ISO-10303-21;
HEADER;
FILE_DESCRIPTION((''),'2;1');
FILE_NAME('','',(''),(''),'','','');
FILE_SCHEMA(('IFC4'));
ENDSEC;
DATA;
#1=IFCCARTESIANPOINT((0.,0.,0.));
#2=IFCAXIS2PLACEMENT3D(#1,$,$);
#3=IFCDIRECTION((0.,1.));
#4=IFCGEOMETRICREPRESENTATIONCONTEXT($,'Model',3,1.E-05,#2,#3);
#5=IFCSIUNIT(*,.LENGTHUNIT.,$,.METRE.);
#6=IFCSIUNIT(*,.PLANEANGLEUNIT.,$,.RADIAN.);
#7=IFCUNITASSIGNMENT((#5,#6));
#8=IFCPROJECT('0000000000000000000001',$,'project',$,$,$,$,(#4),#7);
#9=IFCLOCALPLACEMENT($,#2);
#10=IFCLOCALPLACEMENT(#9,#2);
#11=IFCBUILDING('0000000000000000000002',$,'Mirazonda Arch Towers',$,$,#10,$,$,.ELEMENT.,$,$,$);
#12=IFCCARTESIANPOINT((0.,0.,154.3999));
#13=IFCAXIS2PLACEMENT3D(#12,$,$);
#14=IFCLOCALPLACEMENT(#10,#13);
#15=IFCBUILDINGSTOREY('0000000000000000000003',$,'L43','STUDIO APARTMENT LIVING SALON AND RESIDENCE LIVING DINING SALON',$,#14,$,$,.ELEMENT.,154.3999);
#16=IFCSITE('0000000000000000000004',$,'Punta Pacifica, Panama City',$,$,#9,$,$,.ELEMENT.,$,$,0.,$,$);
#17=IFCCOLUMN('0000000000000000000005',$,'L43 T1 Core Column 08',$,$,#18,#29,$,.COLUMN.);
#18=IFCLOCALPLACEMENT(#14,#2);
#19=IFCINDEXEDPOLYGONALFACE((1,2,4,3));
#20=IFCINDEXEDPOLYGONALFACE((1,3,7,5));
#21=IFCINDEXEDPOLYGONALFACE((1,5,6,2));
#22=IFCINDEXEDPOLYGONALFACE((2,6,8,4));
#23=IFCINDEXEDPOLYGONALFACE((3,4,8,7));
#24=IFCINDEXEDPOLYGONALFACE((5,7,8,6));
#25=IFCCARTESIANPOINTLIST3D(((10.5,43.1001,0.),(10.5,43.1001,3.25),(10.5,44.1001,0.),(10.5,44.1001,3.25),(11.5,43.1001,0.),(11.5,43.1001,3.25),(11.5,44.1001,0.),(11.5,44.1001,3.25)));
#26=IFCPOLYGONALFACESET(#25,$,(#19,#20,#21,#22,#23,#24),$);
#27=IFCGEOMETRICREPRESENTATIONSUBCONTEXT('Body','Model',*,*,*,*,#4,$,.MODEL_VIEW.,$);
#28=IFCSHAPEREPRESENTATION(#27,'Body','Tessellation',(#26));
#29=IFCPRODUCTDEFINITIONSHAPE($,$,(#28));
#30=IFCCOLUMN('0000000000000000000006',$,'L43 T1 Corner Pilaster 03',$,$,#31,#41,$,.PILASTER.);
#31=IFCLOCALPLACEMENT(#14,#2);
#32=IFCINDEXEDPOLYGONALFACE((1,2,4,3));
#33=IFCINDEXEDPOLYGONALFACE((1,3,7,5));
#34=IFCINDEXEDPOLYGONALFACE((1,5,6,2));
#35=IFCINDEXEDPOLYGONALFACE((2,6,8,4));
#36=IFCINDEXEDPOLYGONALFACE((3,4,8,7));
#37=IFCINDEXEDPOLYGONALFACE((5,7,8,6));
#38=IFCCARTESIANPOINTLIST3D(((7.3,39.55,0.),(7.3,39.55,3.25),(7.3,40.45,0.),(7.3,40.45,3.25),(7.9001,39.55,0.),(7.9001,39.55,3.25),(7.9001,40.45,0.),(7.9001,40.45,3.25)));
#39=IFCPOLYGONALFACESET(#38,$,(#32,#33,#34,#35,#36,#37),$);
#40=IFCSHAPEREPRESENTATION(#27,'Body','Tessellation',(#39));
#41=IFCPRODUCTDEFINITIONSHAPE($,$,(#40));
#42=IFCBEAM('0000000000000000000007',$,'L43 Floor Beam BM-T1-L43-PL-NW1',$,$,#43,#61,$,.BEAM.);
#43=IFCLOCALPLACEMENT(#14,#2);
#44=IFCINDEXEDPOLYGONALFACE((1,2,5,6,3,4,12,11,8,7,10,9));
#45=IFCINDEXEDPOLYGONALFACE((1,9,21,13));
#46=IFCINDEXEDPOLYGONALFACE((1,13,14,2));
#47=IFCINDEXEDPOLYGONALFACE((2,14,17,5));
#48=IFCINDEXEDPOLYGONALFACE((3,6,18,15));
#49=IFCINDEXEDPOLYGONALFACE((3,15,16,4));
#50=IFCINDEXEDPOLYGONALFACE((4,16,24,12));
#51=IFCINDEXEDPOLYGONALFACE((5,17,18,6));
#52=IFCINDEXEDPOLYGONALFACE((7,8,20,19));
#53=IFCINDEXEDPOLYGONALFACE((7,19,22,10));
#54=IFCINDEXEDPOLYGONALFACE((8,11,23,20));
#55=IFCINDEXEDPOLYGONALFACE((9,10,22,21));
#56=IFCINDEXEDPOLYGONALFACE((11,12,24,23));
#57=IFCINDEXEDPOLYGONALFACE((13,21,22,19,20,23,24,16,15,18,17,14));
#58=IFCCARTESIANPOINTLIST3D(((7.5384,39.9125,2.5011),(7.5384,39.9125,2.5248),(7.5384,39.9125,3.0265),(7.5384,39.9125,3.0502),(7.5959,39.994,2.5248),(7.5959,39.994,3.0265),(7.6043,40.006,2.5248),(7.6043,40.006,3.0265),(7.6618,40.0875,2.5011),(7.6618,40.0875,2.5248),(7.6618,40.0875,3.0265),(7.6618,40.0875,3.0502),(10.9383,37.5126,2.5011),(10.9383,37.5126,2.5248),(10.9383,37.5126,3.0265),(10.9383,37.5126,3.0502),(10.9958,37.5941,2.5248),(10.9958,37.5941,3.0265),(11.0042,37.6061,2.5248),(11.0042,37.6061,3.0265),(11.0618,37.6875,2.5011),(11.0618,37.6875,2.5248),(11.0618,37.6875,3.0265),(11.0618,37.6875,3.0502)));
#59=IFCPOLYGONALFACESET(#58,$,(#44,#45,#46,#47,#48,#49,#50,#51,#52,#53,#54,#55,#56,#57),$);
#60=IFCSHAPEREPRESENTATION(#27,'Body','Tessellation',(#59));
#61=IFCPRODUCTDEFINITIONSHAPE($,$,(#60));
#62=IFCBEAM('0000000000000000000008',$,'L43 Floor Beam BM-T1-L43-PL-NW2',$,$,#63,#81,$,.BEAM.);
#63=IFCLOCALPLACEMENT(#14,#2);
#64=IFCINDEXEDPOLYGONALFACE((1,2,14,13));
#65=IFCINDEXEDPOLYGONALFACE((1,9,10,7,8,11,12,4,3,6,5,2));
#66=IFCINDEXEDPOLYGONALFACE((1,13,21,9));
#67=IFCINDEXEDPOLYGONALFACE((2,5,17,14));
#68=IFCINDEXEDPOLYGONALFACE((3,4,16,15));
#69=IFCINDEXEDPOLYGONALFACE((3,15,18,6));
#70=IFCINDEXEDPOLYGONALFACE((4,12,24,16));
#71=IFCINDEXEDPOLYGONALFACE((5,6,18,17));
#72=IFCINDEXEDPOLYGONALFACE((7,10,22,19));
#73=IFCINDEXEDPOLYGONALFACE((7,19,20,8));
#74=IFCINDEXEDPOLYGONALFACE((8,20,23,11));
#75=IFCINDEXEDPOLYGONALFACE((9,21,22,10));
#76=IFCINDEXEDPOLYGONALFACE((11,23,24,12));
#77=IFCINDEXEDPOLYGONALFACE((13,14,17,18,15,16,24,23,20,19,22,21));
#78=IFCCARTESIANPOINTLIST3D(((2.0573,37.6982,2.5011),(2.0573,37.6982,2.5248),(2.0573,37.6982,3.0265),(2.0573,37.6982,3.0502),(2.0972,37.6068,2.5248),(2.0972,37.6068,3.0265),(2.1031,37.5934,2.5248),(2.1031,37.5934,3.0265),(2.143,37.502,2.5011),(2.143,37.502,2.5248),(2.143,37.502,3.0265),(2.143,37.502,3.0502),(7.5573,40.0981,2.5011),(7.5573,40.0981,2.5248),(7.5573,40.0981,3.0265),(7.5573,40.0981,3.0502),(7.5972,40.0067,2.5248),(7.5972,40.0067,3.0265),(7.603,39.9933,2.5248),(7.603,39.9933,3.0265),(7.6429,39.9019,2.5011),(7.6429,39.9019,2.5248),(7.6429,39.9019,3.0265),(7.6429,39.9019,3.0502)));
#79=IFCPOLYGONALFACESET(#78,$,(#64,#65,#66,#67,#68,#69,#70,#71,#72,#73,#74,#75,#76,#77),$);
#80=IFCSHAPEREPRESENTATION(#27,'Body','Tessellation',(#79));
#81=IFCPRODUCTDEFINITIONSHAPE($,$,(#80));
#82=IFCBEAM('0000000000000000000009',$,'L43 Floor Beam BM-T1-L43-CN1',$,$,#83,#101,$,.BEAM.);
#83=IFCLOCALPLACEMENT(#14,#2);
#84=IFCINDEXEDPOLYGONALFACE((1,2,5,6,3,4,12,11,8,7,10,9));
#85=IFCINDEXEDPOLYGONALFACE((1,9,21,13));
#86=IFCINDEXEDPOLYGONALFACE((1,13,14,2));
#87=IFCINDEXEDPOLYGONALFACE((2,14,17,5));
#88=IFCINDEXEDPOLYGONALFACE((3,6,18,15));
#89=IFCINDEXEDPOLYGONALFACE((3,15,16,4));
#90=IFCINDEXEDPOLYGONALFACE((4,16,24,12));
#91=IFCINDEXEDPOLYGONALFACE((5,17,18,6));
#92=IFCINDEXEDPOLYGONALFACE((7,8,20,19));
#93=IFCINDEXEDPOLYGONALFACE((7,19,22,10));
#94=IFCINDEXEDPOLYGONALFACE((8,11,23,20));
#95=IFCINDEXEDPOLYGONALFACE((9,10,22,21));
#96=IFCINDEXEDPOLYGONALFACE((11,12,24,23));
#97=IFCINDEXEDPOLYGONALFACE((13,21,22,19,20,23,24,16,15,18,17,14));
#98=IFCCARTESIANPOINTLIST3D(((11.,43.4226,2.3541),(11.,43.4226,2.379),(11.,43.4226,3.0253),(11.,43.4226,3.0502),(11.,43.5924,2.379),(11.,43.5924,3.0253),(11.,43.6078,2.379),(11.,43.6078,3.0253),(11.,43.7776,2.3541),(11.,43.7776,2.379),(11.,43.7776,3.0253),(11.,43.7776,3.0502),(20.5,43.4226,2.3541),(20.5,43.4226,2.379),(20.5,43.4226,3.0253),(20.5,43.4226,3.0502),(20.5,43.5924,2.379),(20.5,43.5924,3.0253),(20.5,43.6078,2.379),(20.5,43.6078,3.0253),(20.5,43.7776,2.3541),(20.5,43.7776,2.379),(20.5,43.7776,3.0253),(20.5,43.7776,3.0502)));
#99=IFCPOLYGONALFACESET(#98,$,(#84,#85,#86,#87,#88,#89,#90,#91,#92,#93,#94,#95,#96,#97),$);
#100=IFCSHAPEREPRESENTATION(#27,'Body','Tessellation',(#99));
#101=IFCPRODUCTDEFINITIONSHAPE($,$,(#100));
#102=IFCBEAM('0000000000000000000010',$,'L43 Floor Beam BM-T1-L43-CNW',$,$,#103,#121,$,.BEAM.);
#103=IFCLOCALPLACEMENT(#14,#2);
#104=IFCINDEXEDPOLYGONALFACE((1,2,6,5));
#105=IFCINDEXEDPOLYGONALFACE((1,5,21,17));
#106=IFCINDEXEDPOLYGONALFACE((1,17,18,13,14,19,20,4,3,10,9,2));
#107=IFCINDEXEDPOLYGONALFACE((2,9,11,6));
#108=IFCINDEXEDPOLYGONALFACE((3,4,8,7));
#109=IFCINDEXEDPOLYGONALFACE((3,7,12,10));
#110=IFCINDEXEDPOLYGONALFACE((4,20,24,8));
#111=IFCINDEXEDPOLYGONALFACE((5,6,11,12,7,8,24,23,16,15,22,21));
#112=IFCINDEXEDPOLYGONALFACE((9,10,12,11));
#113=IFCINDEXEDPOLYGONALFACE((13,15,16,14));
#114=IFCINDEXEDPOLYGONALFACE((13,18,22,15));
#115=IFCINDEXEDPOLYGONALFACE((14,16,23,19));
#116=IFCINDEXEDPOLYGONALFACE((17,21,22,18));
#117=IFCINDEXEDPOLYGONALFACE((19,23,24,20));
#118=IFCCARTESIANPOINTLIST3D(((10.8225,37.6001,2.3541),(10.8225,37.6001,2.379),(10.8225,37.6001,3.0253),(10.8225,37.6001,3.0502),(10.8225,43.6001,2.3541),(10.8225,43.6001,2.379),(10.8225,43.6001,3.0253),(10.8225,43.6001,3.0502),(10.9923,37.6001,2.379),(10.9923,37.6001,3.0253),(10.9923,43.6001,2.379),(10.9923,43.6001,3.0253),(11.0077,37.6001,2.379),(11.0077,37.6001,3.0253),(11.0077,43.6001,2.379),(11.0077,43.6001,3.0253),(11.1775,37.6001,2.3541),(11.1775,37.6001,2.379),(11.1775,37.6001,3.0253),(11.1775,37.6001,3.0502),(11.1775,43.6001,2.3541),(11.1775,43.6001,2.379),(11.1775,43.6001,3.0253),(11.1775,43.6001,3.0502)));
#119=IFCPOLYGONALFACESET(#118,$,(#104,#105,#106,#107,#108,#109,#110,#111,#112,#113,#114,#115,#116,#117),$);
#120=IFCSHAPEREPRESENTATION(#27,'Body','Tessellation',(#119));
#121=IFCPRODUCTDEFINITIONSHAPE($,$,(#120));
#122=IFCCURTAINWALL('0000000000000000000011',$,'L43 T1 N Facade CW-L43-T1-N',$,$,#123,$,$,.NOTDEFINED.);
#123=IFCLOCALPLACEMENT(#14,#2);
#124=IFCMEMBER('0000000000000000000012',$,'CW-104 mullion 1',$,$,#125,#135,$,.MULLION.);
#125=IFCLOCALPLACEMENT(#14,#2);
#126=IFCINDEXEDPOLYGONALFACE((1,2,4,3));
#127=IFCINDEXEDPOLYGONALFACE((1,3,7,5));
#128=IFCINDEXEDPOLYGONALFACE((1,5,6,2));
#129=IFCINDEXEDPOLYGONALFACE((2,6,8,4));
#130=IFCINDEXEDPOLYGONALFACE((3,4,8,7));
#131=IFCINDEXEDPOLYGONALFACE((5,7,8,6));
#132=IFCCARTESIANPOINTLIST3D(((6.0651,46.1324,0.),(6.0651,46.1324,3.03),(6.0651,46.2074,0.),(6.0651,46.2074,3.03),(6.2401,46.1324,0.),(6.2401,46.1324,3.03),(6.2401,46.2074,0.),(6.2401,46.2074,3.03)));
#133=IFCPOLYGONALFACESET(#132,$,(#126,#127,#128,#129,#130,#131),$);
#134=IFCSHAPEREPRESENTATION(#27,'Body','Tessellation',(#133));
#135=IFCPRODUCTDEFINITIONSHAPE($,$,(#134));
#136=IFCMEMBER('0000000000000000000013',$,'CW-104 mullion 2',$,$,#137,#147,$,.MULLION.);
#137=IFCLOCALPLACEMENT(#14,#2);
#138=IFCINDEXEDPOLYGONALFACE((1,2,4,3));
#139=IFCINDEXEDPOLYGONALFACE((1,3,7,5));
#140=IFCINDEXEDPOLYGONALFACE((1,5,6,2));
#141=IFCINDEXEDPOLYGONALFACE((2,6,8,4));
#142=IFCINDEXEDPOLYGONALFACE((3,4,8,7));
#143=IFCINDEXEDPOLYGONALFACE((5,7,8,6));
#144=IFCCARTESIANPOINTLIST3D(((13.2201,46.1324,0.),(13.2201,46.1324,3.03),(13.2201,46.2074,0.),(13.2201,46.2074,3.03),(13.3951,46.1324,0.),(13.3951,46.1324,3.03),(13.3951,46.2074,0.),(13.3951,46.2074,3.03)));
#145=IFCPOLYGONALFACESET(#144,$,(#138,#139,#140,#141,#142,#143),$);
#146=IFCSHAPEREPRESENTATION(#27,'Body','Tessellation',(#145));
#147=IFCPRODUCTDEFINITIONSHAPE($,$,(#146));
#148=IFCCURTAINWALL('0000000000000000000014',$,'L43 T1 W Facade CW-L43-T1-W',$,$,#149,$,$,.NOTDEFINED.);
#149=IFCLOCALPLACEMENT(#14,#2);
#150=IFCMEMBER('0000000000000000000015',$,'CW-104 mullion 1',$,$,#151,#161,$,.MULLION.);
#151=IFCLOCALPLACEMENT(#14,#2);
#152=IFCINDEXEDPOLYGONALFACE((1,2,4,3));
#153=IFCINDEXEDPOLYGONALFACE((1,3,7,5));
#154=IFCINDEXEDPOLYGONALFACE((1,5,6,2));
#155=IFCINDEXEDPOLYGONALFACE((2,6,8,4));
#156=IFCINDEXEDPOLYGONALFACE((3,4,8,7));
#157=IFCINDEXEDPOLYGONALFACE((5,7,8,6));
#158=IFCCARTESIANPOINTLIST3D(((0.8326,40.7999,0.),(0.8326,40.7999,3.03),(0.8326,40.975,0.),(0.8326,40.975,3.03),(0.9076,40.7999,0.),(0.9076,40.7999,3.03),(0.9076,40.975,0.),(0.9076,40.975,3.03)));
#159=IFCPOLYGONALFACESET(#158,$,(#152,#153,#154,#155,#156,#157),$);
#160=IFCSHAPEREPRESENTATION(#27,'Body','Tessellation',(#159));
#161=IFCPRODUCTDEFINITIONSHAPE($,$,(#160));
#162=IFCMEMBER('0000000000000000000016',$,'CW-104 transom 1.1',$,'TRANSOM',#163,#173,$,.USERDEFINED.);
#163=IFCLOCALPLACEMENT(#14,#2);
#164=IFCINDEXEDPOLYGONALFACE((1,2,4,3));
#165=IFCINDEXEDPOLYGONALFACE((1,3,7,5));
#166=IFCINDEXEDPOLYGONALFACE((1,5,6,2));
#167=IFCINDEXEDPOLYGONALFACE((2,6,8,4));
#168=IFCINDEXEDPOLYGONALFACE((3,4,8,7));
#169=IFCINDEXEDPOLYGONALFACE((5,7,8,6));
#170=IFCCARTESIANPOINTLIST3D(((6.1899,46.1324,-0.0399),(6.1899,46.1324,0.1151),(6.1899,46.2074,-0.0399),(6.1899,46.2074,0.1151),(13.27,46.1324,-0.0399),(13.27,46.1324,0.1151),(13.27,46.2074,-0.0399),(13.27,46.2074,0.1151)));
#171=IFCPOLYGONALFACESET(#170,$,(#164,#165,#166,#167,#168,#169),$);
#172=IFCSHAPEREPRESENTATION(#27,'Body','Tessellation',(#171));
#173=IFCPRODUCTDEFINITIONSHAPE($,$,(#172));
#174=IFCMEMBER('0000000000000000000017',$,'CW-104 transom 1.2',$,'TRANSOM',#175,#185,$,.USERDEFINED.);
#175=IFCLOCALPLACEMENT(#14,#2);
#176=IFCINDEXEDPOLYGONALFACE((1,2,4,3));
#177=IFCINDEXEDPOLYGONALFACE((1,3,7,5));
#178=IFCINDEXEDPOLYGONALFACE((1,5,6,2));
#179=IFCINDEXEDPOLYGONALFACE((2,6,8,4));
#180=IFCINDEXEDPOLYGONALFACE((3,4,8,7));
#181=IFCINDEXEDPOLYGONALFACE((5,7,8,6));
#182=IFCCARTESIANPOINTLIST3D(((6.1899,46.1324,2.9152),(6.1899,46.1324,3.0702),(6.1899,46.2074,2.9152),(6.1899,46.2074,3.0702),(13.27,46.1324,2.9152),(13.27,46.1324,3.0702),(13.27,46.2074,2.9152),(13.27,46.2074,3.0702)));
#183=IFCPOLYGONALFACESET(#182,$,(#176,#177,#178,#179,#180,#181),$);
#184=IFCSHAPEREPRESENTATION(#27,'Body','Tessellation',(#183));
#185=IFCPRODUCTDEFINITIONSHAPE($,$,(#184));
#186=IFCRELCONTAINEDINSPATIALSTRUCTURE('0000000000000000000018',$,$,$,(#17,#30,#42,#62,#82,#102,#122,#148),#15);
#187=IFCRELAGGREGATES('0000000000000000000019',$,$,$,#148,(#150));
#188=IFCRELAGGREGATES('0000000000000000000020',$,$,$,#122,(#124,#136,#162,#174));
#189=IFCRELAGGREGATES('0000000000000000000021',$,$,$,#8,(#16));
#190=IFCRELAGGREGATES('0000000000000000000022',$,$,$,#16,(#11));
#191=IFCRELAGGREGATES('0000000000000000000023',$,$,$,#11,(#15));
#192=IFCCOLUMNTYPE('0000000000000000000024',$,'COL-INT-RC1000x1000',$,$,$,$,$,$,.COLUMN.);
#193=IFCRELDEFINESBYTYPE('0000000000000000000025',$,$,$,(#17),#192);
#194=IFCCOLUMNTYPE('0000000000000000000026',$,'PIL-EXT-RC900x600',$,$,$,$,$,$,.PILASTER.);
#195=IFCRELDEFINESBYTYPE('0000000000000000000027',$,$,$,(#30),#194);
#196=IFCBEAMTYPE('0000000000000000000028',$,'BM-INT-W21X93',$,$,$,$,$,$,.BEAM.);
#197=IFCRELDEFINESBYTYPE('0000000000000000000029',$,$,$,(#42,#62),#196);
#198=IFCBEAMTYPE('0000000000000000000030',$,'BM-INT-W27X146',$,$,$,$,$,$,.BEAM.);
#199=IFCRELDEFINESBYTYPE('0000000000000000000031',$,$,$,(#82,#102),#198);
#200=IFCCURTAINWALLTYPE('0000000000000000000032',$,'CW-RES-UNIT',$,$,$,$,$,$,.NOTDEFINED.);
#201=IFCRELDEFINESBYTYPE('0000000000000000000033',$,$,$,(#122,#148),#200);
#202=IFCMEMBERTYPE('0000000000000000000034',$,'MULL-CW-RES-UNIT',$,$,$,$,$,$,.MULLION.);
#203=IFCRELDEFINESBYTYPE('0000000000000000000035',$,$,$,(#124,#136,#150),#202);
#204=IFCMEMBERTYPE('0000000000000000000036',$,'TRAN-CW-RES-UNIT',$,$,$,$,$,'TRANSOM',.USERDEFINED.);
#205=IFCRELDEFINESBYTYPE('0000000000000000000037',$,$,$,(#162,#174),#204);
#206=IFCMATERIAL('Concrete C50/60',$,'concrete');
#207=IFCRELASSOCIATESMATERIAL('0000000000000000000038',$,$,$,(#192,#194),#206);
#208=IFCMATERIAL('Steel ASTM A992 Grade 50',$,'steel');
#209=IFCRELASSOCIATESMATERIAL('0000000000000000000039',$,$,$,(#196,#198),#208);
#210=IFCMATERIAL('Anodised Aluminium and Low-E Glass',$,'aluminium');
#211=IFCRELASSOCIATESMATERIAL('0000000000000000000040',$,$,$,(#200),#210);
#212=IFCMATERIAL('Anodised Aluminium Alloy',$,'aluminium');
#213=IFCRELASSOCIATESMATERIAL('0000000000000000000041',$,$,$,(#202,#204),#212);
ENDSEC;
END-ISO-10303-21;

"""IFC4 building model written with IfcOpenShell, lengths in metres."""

from ifc_helpers import new_model, si_unit, direction, frame, origin, origin_2d, place, context, subcontext, project, spatial, rectangle, i_section, extrude, material, material_profile, profile_set, type_object, element, aggregate, save


model = new_model("IFC4")

# Units and contexts
model_context = context("Model", 3, precision=1e-05, world=origin(), true_north=direction((0.0, 1.0)))
body_context = subcontext(model_context, "Body", "Model", "MODEL_VIEW")
ifc_project = project(units=[si_unit("LENGTHUNIT", "METRE"), si_unit("PLANEANGLEUNIT", "RADIAN")], contexts=[model_context])

# Site, building, storey
site_placement = place(None, origin())
site = spatial("IfcSite", under=ifc_project, at=site_placement, Name="Punta Pacifica, Panama City", CompositionType="ELEMENT", RefElevation=0.0)
building_placement = place(site_placement, origin())
building = spatial("IfcBuilding", under=site, at=building_placement, Name="Mirazonda Arch Towers", CompositionType="ELEMENT")
storey_placement = place(building_placement, frame((0.0, 0.0, 154.3999)))
storey = spatial("IfcBuildingStorey", under=building, at=storey_placement, Name="L43", Description="STUDIO APARTMENT LIVING SALON AND RESIDENCE LIVING DINING SALON", CompositionType="ELEMENT", Elevation=154.3999)

# Columns
ifc_material_1 = material(Name="Concrete C50/60", Category="concrete")
ifc_material_profile_1 = material_profile(ifc_material_1, rectangle(XDim=1.0, YDim=1.0, at=origin_2d()), Name="RC1000x1000")
ifc_profile_set_1 = profile_set([ifc_material_profile_1], Name="Concrete C50/60")
column_type_1 = type_object("IfcColumnType", Name="COL-INT-RC1000x1000", PredefinedType="COLUMN", material=ifc_profile_set_1)
column_1_placement = place(storey_placement, frame((11.0, 43.6001, 0.0), z_axis=(0.0, 0.0, 1.0), x_axis=(1.0, 0.0, 0.0)))
element("IfcColumn", 1, at=column_1_placement, inside=storey, type_object=column_type_1, Name="L43 T1 Core Column 08", PredefinedType="COLUMN", context=body_context, shape_type="SweptSolid", body=[
    extrude(rectangle(XDim=1.0, YDim=1.0, at=origin_2d()), origin(), (0.0, 0.0, 1.0), 3.25),
])
ifc_material_profile_2 = material_profile(ifc_material_1, rectangle(XDim=0.6001, YDim=0.8999, at=origin_2d()), Name="RC900x600")
ifc_profile_set_2 = profile_set([ifc_material_profile_2], Name="Concrete C50/60")
column_type_2 = type_object("IfcColumnType", Name="PIL-EXT-RC900x600", PredefinedType="PILASTER", material=ifc_profile_set_2)
column_2_placement = place(storey_placement, frame((7.6001, 40.0, 0.0), z_axis=(0.0, 0.0, 1.0), x_axis=(1.0, 0.0, 0.0)))
element("IfcColumn", 2, at=column_2_placement, inside=storey, type_object=column_type_2, Name="L43 T1 Corner Pilaster 03", PredefinedType="PILASTER", context=body_context, shape_type="SweptSolid", body=[
    extrude(rectangle(XDim=0.6001, YDim=0.8999, at=origin_2d()), origin(), (0.0, 0.0, 1.0), 3.25),
])

# Beams
ifc_material_2 = material(Name="Steel ASTM A992 Grade 50", Category="steel")
ifc_material_profile_3 = material_profile(ifc_material_2, i_section(OverallWidth=0.2141, OverallDepth=0.5491, WebThickness=0.0146, FlangeThickness=0.0237, at=origin_2d()), Name="W21X93")
ifc_profile_set_3 = profile_set([ifc_material_profile_3], Name="Steel ASTM A992 Grade 50")
beam_type_1 = type_object("IfcBeamType", Name="BM-INT-W21X93", PredefinedType="BEAM", material=ifc_profile_set_3)
beam_1_placement = place(storey_placement, frame((7.6001, 40.0, 2.7756), z_axis=(0.816971, -0.576679, 0.0), x_axis=(0.576679, 0.816971, 0.0)))
element("IfcBeam", 3, at=beam_1_placement, inside=storey, type_object=beam_type_1, Name="L43 Floor Beam BM-T1-L43-PL-NW1", PredefinedType="BEAM", context=body_context, shape_type="SweptSolid", body=[
    extrude(i_section(OverallWidth=0.2141, OverallDepth=0.5491, WebThickness=0.0146, FlangeThickness=0.0237, at=origin_2d()), origin(), (0.0, 0.0, 1.0), 4.1616),
])
beam_2_placement = place(storey_placement, frame((7.6001, 40.0, 2.7756), z_axis=(-0.916545, -0.399931, 0.0), x_axis=(0.399931, -0.916545, 0.0)))
element("IfcBeam", 4, at=beam_2_placement, inside=storey, type_object=beam_type_1, Name="L43 Floor Beam BM-T1-L43-PL-NW2", PredefinedType="BEAM", context=body_context, shape_type="SweptSolid", body=[
    extrude(i_section(OverallWidth=0.2141, OverallDepth=0.5491, WebThickness=0.0146, FlangeThickness=0.0237, at=origin_2d()), origin(), (0.0, 0.0, 1.0), 6.0007),
])
ifc_material_profile_4 = material_profile(ifc_material_2, i_section(OverallWidth=0.355, OverallDepth=0.696, WebThickness=0.0154, FlangeThickness=0.0249, at=origin_2d()), Name="W27X146")
ifc_profile_set_4 = profile_set([ifc_material_profile_4], Name="Steel ASTM A992 Grade 50")
beam_type_2 = type_object("IfcBeamType", Name="BM-INT-W27X146", PredefinedType="BEAM", material=ifc_profile_set_4)
beam_3_placement = place(storey_placement, frame((11.0, 43.6001, 2.7021), z_axis=(1.0, 0.0, 0.0), x_axis=(0.0, 1.0, 0.0)))
element("IfcBeam", 5, at=beam_3_placement, inside=storey, type_object=beam_type_2, Name="L43 Floor Beam BM-T1-L43-CN1", PredefinedType="BEAM", context=body_context, shape_type="SweptSolid", body=[
    extrude(i_section(OverallWidth=0.355, OverallDepth=0.696, WebThickness=0.0154, FlangeThickness=0.0249, at=origin_2d()), origin(), (0.0, 0.0, 1.0), 9.5),
])
beam_4_placement = place(storey_placement, frame((11.0, 37.6001, 2.7021), z_axis=(0.0, 1.0, 0.0), x_axis=(-1.0, 0.0, 0.0)))
element("IfcBeam", 6, at=beam_4_placement, inside=storey, type_object=beam_type_2, Name="L43 Floor Beam BM-T1-L43-CNW", PredefinedType="BEAM", context=body_context, shape_type="SweptSolid", body=[
    extrude(i_section(OverallWidth=0.355, OverallDepth=0.696, WebThickness=0.0154, FlangeThickness=0.0249, at=origin_2d()), origin(), (0.0, 0.0, 1.0), 6.0),
])

# Curtain wall, members
ifc_material_3 = material(Name="Anodised Aluminium and Low-E Glass", Category="aluminium")
curtain_wall_type = type_object("IfcCurtainWallType", Name="CW-RES-UNIT", PredefinedType="NOTDEFINED", material=ifc_material_3)
curtain_wall_1_placement = place(storey_placement, origin())
curtain_wall_1 = element("IfcCurtainWall", 7, at=curtain_wall_1_placement, inside=storey, type_object=curtain_wall_type, Name="L43 T1 N Facade CW-L43-T1-N", PredefinedType="NOTDEFINED")
ifc_material_4 = material(Name="Anodised Aluminium Alloy", Category="aluminium")
ifc_material_profile_5 = material_profile(ifc_material_4, rectangle(XDim=0.075, YDim=0.175, at=origin_2d()), Name="ALU-MULL-75x175")
ifc_profile_set_5 = profile_set([ifc_material_profile_5], Name="Anodised Aluminium Alloy")
member_type_1 = type_object("IfcMemberType", Name="MULL-CW-RES-UNIT", PredefinedType="MULLION", material=ifc_profile_set_5)
member_1_placement = place(storey_placement, frame((6.1526, 46.1699, 0.0), z_axis=(0.0, 0.0, 1.0), x_axis=(0.0, 1.0, 0.0)))
member_1 = element("IfcMember", 8, at=member_1_placement, type_object=member_type_1, Name="CW-104 mullion 1", PredefinedType="MULLION", context=body_context, shape_type="SweptSolid", body=[
    extrude(rectangle(XDim=0.075, YDim=0.175, at=origin_2d()), origin(), (0.0, 0.0, 1.0), 3.03),
])
member_2_placement = place(storey_placement, frame((13.3076, 46.1699, 0.0), z_axis=(0.0, 0.0, 1.0), x_axis=(0.0, 1.0, 0.0)))
member_2 = element("IfcMember", 9, at=member_2_placement, type_object=member_type_1, Name="CW-104 mullion 2", PredefinedType="MULLION", context=body_context, shape_type="SweptSolid", body=[
    extrude(rectangle(XDim=0.075, YDim=0.175, at=origin_2d()), origin(), (0.0, 0.0, 1.0), 3.03),
])

# Curtain wall, member
curtain_wall_2_placement = place(storey_placement, origin())
curtain_wall_2 = element("IfcCurtainWall", 10, at=curtain_wall_2_placement, inside=storey, type_object=curtain_wall_type, Name="L43 T1 W Facade CW-L43-T1-W", PredefinedType="NOTDEFINED")
member_3_placement = place(storey_placement, frame((0.8701, 40.8875, 0.0), z_axis=(0.0, 0.0, 1.0), x_axis=(1.0, 0.0, 0.0)))
member_3 = element("IfcMember", 11, at=member_3_placement, type_object=member_type_1, Name="CW-104 mullion 1", PredefinedType="MULLION", context=body_context, shape_type="SweptSolid", body=[
    extrude(rectangle(XDim=0.075, YDim=0.175, at=origin_2d()), origin(), (0.0, 0.0, 1.0), 3.03),
])

# Members
ifc_material_profile_6 = material_profile(ifc_material_4, rectangle(XDim=0.075, YDim=0.155, at=origin_2d()), Name="ALU-TRAN-75x155")
ifc_profile_set_6 = profile_set([ifc_material_profile_6], Name="Anodised Aluminium Alloy")
member_type_2 = type_object("IfcMemberType", Name="TRAN-CW-RES-UNIT", ElementType="TRANSOM", PredefinedType="USERDEFINED", material=ifc_profile_set_6)
member_4_placement = place(storey_placement, frame((6.1899, 46.1699, 0.0376), z_axis=(1.0, 0.0, 0.0), x_axis=(0.0, 1.0, 0.0)))
member_4 = element("IfcMember", 12, at=member_4_placement, type_object=member_type_2, Name="CW-104 transom 1.1", ObjectType="TRANSOM", PredefinedType="USERDEFINED", context=body_context, shape_type="SweptSolid", body=[
    extrude(rectangle(XDim=0.075, YDim=0.155, at=origin_2d()), origin(), (0.0, 0.0, 1.0), 7.0801),
])
member_5_placement = place(storey_placement, frame((6.1899, 46.1699, 2.9927), z_axis=(1.0, 0.0, 0.0), x_axis=(0.0, 1.0, 0.0)))
member_5 = element("IfcMember", 13, at=member_5_placement, type_object=member_type_2, Name="CW-104 transom 1.2", ObjectType="TRANSOM", PredefinedType="USERDEFINED", context=body_context, shape_type="SweptSolid", body=[
    extrude(rectangle(XDim=0.075, YDim=0.155, at=origin_2d()), origin(), (0.0, 0.0, 1.0), 7.0801),
])
aggregate(curtain_wall_2, [member_3])

aggregate(curtain_wall_1, [member_1, member_2, member_4, member_5])

save(model, "model.ifc")
